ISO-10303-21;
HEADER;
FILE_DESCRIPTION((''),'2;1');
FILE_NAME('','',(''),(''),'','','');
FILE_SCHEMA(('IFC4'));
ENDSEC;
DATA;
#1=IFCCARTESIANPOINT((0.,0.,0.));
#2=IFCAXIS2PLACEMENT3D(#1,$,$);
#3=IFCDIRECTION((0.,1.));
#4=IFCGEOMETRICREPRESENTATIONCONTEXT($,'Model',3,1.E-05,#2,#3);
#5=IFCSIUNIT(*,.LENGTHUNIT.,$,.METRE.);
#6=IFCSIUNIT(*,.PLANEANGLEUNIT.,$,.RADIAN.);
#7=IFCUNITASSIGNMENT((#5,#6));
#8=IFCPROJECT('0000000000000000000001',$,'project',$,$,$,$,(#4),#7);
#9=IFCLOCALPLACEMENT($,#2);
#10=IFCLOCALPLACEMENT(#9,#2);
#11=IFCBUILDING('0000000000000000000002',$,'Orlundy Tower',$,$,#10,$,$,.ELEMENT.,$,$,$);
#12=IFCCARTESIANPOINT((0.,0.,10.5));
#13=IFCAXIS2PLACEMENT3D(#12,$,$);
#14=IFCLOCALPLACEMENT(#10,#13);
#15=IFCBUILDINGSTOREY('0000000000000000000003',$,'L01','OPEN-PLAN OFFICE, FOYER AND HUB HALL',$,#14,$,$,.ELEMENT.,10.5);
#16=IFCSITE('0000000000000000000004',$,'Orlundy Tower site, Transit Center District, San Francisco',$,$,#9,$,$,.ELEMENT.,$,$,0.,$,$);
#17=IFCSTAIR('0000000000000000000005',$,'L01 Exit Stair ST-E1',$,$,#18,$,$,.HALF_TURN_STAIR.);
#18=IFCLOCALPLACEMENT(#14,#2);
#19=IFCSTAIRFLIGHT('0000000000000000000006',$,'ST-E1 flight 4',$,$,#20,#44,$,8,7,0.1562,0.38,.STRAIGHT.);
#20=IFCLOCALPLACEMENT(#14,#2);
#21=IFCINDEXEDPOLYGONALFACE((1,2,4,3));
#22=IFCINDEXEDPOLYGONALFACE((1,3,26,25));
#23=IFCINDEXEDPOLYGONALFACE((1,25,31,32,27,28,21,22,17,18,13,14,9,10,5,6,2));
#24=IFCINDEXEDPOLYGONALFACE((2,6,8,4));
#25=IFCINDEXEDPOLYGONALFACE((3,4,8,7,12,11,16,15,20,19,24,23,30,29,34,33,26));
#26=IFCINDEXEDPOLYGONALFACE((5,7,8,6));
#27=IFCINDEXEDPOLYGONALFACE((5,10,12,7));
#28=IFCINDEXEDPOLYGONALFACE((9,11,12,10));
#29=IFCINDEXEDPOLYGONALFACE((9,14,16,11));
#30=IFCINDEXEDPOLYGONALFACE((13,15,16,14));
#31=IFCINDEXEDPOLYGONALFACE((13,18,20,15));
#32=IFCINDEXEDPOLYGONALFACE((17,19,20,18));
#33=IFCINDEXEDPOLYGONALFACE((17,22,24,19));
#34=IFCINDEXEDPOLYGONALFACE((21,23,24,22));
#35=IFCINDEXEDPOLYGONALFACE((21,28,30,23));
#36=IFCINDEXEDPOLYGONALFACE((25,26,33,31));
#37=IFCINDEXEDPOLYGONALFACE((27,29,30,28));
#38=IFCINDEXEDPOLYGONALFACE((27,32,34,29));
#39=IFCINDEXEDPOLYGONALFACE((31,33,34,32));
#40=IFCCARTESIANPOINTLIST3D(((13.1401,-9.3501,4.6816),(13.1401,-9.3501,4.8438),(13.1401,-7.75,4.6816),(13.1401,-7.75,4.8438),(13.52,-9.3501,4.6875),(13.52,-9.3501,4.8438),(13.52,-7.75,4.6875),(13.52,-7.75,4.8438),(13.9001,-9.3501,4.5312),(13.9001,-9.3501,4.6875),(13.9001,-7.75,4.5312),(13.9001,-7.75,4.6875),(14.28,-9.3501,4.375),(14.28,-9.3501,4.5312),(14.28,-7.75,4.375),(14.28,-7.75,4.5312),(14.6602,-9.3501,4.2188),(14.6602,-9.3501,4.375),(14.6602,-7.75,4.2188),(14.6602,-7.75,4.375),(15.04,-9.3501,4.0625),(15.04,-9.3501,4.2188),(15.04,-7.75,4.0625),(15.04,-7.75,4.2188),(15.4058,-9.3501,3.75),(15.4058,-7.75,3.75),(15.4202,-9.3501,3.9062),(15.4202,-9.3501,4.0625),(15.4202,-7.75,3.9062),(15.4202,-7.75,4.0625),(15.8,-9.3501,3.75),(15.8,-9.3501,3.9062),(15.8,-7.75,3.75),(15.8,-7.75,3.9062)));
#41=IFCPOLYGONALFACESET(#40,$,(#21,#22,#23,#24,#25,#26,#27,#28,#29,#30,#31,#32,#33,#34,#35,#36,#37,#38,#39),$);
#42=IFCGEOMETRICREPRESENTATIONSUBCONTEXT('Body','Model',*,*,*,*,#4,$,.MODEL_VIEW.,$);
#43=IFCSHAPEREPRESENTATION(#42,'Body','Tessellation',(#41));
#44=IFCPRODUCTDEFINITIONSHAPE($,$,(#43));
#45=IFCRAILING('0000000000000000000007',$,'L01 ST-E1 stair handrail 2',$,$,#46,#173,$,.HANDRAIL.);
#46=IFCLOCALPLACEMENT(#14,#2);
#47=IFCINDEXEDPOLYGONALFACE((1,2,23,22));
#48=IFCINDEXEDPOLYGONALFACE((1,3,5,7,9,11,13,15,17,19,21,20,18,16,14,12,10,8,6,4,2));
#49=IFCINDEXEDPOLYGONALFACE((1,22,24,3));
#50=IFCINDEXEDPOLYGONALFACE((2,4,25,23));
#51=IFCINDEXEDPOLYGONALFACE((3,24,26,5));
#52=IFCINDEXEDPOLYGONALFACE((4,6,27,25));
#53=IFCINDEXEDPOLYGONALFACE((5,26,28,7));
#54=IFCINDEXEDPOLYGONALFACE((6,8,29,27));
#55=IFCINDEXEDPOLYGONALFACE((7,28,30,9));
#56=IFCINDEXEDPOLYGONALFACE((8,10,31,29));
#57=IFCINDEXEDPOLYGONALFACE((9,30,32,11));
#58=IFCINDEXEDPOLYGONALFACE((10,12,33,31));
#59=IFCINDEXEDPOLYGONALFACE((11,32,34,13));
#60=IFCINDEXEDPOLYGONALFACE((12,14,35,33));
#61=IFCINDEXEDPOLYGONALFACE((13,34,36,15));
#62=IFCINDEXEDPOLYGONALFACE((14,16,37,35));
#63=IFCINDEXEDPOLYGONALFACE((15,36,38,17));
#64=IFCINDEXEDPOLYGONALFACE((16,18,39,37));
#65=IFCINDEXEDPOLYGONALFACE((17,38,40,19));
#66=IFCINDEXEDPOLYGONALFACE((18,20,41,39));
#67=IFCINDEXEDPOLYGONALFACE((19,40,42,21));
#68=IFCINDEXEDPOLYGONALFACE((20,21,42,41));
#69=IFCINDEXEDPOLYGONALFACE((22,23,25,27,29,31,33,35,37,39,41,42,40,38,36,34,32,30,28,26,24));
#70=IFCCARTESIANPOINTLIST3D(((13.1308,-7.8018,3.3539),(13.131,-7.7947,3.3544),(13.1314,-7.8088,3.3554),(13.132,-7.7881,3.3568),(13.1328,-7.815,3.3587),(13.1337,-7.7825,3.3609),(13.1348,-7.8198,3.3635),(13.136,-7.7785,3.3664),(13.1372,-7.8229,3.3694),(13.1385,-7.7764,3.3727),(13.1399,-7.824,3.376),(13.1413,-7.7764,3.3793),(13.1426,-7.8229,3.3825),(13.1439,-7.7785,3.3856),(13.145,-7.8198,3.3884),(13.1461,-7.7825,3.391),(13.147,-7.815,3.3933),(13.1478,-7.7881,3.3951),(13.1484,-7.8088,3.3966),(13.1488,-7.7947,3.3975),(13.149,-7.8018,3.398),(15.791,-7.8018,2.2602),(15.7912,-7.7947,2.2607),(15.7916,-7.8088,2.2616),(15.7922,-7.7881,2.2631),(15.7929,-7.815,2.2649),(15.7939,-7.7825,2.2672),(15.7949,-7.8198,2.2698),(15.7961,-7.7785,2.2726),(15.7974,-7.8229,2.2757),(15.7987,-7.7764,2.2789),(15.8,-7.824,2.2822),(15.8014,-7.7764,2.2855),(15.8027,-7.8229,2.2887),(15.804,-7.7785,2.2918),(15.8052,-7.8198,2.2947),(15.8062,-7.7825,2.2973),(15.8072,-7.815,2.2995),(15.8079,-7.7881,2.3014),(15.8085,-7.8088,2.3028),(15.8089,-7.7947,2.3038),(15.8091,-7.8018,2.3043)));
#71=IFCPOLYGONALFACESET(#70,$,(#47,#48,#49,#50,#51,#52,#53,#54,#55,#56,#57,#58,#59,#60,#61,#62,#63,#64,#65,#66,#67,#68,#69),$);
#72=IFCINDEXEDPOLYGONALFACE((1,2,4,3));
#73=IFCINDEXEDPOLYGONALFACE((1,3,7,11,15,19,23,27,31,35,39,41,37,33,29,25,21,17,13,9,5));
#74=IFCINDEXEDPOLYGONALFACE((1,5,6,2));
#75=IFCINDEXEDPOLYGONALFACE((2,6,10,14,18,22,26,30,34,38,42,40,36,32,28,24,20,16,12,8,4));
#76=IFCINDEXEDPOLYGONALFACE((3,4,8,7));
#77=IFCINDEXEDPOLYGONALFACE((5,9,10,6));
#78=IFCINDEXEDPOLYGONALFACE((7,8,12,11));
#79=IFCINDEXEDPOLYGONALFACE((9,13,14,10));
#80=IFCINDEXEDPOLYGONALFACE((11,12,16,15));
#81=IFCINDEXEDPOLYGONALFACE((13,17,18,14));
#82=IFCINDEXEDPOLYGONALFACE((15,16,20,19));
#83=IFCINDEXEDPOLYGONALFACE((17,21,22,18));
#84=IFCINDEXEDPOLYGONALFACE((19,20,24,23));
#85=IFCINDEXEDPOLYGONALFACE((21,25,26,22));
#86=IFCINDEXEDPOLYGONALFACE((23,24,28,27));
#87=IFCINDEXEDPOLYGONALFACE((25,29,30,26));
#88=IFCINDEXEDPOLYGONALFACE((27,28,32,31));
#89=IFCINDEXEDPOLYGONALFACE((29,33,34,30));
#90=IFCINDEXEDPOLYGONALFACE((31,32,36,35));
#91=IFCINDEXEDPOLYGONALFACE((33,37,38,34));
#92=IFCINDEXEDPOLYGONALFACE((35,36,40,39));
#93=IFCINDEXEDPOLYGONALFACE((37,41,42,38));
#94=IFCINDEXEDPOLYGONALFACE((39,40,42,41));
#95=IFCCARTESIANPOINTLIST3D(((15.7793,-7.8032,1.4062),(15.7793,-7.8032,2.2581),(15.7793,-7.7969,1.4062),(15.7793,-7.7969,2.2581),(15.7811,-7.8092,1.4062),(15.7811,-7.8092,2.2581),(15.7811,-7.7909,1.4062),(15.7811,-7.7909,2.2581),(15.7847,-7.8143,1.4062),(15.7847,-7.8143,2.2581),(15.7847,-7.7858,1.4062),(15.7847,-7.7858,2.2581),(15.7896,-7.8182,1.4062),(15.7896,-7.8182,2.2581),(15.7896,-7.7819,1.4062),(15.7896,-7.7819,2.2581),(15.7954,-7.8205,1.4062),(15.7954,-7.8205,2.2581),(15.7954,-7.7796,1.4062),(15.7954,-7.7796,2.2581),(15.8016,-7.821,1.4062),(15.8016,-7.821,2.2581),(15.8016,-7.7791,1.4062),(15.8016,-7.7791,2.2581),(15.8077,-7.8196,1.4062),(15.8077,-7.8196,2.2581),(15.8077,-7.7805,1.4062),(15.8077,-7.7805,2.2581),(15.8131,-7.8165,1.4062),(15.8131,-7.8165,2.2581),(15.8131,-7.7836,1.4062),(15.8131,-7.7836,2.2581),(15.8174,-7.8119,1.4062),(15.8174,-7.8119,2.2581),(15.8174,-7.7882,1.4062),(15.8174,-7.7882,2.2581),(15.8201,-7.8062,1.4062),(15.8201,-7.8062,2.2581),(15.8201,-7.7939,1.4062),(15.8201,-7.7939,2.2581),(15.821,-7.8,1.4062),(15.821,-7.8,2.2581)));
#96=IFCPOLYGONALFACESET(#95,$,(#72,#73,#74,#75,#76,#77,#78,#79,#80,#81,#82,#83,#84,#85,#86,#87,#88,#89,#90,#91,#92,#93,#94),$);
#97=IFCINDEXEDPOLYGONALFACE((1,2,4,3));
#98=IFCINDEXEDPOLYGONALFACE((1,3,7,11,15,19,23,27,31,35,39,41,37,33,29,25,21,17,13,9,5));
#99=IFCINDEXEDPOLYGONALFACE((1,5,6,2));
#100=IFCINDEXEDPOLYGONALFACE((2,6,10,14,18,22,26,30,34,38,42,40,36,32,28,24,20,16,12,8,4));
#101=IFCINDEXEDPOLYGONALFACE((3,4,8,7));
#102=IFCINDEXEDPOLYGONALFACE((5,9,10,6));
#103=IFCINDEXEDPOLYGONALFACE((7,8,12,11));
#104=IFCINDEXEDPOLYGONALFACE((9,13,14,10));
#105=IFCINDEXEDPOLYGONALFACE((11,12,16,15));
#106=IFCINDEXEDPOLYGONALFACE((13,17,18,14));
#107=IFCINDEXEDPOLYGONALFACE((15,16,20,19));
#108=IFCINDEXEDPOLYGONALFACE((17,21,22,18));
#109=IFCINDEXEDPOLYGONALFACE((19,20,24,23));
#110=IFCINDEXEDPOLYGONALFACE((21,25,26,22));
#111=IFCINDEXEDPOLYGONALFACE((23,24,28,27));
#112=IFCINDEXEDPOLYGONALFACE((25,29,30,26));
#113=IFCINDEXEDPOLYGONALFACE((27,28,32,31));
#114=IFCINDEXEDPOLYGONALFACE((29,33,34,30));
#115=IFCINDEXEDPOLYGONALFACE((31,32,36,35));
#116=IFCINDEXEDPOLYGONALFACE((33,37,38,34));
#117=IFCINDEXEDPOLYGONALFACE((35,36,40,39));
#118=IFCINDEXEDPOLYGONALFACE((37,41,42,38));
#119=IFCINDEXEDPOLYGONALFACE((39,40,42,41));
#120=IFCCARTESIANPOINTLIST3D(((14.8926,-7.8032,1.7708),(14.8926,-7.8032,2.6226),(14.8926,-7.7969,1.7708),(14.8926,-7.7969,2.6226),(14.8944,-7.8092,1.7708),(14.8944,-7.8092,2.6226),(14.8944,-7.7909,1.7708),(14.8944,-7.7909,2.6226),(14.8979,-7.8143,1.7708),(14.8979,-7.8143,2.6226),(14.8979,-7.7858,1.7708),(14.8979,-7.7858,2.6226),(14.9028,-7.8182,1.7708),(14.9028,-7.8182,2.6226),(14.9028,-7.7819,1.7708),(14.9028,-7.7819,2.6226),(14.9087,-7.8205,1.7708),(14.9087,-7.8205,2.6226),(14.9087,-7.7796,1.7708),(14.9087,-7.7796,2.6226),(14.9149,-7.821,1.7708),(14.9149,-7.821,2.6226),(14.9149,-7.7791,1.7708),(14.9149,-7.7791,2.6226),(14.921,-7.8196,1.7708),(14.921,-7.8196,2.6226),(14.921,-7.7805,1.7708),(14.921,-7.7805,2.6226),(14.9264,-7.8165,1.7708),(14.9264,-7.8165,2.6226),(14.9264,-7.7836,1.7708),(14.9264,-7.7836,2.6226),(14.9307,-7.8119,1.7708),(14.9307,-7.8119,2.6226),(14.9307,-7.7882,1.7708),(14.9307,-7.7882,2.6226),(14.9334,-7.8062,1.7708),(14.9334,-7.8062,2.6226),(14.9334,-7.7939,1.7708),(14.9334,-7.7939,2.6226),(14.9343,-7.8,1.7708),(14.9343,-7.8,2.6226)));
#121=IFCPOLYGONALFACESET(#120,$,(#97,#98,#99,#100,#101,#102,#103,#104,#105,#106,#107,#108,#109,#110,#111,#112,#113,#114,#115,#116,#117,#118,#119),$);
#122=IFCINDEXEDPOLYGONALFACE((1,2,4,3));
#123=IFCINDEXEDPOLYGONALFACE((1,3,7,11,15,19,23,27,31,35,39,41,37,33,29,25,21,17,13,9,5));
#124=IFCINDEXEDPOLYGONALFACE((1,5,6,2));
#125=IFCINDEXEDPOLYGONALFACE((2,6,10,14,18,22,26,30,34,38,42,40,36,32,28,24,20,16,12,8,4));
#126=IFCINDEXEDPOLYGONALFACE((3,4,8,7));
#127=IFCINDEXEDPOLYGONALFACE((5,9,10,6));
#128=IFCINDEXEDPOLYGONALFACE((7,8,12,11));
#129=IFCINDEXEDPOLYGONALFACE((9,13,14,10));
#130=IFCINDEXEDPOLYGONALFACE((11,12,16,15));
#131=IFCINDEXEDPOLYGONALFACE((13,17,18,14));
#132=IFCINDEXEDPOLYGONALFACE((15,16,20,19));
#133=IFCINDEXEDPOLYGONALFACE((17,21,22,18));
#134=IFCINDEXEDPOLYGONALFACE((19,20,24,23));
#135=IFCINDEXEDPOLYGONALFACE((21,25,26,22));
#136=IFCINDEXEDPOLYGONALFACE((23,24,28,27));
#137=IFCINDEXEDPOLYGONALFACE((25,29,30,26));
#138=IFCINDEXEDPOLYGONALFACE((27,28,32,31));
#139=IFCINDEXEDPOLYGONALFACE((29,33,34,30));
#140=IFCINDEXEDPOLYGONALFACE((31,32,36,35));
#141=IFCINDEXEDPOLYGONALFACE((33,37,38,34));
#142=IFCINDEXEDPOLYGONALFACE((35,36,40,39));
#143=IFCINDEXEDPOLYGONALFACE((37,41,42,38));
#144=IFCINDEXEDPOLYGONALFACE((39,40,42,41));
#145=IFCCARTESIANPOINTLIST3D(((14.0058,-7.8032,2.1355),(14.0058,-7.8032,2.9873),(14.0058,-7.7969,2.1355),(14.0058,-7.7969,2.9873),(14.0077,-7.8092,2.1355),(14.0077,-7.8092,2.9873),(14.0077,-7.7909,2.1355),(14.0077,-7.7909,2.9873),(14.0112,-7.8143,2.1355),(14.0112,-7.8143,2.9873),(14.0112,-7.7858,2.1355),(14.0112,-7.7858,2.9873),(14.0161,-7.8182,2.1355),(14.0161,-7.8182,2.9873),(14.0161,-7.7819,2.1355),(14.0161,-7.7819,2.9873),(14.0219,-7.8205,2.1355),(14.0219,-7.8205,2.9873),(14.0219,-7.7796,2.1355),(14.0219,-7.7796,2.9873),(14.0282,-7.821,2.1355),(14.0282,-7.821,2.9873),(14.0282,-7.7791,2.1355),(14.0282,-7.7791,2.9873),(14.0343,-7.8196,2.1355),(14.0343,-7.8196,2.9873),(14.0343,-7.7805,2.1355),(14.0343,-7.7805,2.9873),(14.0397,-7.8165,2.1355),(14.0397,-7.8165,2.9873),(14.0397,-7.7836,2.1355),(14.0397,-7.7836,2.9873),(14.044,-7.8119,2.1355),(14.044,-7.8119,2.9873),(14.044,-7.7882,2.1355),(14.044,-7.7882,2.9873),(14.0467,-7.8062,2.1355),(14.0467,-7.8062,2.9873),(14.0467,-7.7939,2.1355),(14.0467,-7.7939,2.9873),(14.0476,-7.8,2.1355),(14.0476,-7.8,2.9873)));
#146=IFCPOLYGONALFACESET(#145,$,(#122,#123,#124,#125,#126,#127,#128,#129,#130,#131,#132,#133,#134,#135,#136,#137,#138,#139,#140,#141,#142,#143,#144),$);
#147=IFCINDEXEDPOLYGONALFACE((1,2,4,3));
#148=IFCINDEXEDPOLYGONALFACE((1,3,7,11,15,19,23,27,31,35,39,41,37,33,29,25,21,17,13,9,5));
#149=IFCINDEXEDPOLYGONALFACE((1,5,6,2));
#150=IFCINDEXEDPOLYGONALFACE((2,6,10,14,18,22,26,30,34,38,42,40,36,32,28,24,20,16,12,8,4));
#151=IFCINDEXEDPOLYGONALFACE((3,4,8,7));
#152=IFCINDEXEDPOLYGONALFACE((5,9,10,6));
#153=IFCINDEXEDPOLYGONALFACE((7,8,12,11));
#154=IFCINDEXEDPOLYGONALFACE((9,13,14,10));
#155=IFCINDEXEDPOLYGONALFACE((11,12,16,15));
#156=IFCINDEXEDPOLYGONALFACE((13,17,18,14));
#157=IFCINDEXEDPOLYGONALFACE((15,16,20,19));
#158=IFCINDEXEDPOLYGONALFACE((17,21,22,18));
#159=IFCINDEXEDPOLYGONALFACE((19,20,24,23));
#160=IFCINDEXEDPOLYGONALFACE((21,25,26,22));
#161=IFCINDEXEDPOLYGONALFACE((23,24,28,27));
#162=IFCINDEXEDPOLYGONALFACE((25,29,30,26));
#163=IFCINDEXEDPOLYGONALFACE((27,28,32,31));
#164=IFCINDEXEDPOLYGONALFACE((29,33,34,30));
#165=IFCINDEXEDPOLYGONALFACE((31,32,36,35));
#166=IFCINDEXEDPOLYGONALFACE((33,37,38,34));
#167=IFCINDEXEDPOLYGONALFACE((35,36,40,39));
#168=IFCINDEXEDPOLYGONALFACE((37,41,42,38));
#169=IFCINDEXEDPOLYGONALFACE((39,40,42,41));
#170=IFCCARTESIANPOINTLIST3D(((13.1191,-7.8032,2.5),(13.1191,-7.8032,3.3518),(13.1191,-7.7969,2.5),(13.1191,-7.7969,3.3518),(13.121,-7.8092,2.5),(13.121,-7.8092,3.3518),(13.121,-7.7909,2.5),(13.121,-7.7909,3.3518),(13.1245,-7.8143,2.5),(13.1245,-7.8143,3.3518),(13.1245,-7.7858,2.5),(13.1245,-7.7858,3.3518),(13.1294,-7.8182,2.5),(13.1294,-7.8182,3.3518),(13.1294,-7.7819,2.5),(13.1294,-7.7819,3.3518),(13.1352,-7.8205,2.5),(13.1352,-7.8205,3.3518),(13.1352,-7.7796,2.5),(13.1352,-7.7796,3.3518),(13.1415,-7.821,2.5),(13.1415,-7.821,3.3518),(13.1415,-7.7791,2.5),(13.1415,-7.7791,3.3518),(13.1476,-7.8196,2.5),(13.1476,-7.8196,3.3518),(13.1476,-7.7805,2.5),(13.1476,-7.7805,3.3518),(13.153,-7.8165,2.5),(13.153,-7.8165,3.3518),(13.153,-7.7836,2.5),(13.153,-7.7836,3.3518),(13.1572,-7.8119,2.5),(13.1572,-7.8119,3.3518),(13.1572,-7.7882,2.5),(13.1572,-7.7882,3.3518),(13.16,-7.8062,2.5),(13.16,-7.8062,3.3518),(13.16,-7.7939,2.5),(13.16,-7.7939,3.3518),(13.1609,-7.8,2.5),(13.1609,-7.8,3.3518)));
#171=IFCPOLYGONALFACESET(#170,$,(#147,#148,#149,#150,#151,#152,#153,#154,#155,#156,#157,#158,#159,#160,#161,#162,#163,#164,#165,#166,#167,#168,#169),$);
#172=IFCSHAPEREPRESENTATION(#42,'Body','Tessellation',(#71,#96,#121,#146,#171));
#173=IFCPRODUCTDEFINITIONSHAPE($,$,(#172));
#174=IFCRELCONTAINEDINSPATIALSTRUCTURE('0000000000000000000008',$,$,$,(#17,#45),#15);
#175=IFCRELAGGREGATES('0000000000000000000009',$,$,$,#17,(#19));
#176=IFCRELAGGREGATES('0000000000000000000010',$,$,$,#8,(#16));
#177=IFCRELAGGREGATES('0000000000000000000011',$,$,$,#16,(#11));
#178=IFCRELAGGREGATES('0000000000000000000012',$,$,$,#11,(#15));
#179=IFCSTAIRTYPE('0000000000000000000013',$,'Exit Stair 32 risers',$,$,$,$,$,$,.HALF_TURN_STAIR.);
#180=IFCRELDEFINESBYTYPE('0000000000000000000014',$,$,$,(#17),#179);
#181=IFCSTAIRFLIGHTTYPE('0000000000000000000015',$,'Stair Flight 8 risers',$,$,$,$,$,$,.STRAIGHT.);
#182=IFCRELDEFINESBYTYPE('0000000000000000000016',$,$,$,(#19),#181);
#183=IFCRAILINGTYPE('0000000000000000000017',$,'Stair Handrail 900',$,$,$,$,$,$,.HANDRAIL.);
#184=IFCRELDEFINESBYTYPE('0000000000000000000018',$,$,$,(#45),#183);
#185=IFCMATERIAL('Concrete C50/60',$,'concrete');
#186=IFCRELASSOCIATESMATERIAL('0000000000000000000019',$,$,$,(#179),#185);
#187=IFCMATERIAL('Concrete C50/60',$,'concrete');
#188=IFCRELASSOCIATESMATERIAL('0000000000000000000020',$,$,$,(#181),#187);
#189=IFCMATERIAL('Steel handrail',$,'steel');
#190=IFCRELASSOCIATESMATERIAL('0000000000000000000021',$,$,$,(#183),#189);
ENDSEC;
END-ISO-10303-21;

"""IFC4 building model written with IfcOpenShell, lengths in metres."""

from ifc_helpers import new_model, si_unit, direction, frame, origin, origin_2d, place, context, subcontext, project, spatial, polyline, circle, outline, extrude, material, type_object, element, aggregate, save


model = new_model("IFC4")

# Units and contexts
model_context = context("Model", 3, precision=1e-05, world=origin(), true_north=direction((0.0, 1.0)))
body_context = subcontext(model_context, "Body", "Model", "MODEL_VIEW")
ifc_project = project(units=[si_unit("LENGTHUNIT", "METRE"), si_unit("PLANEANGLEUNIT", "RADIAN")], contexts=[model_context])

# Site, building, storey
site_placement = place(None, origin())
site = spatial("IfcSite", under=ifc_project, at=site_placement, Name="Orlundy Tower site, Transit Center District, San Francisco", CompositionType="ELEMENT", RefElevation=0.0)
building_placement = place(site_placement, origin())
building = spatial("IfcBuilding", under=site, at=building_placement, Name="Orlundy Tower", CompositionType="ELEMENT")
storey_placement = place(building_placement, frame((0.0, 0.0, 10.5)))
storey = spatial("IfcBuildingStorey", under=building, at=storey_placement, Name="L01", Description="OPEN-PLAN OFFICE, FOYER AND HUB HALL", CompositionType="ELEMENT", Elevation=10.5)

# Stair, stair flight
ifc_material_1 = material(Name="Concrete C50/60", Category="concrete")
stair_type = type_object("IfcStairType", Name="Exit Stair 32 risers", PredefinedType="HALF_TURN_STAIR", material=ifc_material_1)
stair_placement = place(storey_placement, origin())
stair = element("IfcStair", 1, at=stair_placement, inside=storey, type_object=stair_type, Name="L01 Exit Stair ST-E1", PredefinedType="HALF_TURN_STAIR")
ifc_material_2 = material(Name="Concrete C50/60", Category="concrete")
stair_flight_type = type_object("IfcStairFlightType", Name="Stair Flight 8 risers", PredefinedType="STRAIGHT", material=ifc_material_2)
stair_flight_1_placement = place(storey_placement, frame((15.8, -8.55, 3.75), z_axis=(0.0, 0.0, 1.0), x_axis=(-1.0, 0.0, 0.0)))
stair_flight_1 = element("IfcStairFlight", 2, at=stair_flight_1_placement, type_object=stair_flight_type, Name="ST-E1 flight 4", NumberOfRisers=8, NumberOfTreads=7, PredefinedType="STRAIGHT", RiserHeight=0.1562, TreadLength=0.38, context=body_context, shape_type="SweptSolid", body=[
    extrude(outline(polyline([(0.0, 0.0), (0.0, 0.1562), (0.3799, 0.1562), (0.3799, 0.3125), (0.76, 0.3125), (0.76, 0.4688), (1.1399, 0.4688), (1.1399, 0.625), (1.52, 0.625), (1.52, 0.7812), (1.8999, 0.7812), (1.8999, 0.9375), (2.28, 0.9375), (2.28, 1.0938), (2.6599, 1.0938), (2.6599, 1.25), (2.6599, 0.9316), (0.3943, 0.0), (0.0, 0.0)])), frame((0.0, 0.8, 0.0), z_axis=(0.0, -1.0, 0.0), x_axis=(1.0, 0.0, 0.0)), (0.0, 0.0, 1.0), 1.6001),
])
aggregate(stair, [stair_flight_1])

# Railing
ifc_material_3 = material(Name="Steel handrail", Category="steel")
railing_type_1 = type_object("IfcRailingType", Name="Stair Handrail 900", PredefinedType="HANDRAIL", material=ifc_material_3)
for number, where, name in (
    (3, (15.8, -7.8, 1.4062), "L01 ST-E1 stair handrail 2"),
):
    element("IfcRailing", number, at=place(storey_placement, frame(where)), inside=storey, type_object=railing_type_1, Name=name, PredefinedType="HANDRAIL", context=body_context, shape_type="SweptSolid", body=[
        extrude(circle(Radius=0.0239, at=origin_2d()), frame((0.0, 0.0, 0.876), z_axis=(-0.924875, 0.0, 0.380272), x_axis=(0.0, -1.0, 0.0)), (0.0, 0.0, 1.0), 2.8762),
        extrude(circle(Radius=0.021, at=origin_2d()), origin(), (0.0, 0.0, 1.0), 0.8518),
        extrude(circle(Radius=0.021, at=origin_2d()), frame((-0.8867, 0.0, 0.3645)), (0.0, 0.0, 1.0), 0.8518),
        extrude(circle(Radius=0.021, at=origin_2d()), frame((-1.7734, 0.0, 0.7292)), (0.0, 0.0, 1.0), 0.8518),
        extrude(circle(Radius=0.021, at=origin_2d()), frame((-2.6602, 0.0, 1.0938)), (0.0, 0.0, 1.0), 0.8518),
    ])

save(model, "model.ifc")
